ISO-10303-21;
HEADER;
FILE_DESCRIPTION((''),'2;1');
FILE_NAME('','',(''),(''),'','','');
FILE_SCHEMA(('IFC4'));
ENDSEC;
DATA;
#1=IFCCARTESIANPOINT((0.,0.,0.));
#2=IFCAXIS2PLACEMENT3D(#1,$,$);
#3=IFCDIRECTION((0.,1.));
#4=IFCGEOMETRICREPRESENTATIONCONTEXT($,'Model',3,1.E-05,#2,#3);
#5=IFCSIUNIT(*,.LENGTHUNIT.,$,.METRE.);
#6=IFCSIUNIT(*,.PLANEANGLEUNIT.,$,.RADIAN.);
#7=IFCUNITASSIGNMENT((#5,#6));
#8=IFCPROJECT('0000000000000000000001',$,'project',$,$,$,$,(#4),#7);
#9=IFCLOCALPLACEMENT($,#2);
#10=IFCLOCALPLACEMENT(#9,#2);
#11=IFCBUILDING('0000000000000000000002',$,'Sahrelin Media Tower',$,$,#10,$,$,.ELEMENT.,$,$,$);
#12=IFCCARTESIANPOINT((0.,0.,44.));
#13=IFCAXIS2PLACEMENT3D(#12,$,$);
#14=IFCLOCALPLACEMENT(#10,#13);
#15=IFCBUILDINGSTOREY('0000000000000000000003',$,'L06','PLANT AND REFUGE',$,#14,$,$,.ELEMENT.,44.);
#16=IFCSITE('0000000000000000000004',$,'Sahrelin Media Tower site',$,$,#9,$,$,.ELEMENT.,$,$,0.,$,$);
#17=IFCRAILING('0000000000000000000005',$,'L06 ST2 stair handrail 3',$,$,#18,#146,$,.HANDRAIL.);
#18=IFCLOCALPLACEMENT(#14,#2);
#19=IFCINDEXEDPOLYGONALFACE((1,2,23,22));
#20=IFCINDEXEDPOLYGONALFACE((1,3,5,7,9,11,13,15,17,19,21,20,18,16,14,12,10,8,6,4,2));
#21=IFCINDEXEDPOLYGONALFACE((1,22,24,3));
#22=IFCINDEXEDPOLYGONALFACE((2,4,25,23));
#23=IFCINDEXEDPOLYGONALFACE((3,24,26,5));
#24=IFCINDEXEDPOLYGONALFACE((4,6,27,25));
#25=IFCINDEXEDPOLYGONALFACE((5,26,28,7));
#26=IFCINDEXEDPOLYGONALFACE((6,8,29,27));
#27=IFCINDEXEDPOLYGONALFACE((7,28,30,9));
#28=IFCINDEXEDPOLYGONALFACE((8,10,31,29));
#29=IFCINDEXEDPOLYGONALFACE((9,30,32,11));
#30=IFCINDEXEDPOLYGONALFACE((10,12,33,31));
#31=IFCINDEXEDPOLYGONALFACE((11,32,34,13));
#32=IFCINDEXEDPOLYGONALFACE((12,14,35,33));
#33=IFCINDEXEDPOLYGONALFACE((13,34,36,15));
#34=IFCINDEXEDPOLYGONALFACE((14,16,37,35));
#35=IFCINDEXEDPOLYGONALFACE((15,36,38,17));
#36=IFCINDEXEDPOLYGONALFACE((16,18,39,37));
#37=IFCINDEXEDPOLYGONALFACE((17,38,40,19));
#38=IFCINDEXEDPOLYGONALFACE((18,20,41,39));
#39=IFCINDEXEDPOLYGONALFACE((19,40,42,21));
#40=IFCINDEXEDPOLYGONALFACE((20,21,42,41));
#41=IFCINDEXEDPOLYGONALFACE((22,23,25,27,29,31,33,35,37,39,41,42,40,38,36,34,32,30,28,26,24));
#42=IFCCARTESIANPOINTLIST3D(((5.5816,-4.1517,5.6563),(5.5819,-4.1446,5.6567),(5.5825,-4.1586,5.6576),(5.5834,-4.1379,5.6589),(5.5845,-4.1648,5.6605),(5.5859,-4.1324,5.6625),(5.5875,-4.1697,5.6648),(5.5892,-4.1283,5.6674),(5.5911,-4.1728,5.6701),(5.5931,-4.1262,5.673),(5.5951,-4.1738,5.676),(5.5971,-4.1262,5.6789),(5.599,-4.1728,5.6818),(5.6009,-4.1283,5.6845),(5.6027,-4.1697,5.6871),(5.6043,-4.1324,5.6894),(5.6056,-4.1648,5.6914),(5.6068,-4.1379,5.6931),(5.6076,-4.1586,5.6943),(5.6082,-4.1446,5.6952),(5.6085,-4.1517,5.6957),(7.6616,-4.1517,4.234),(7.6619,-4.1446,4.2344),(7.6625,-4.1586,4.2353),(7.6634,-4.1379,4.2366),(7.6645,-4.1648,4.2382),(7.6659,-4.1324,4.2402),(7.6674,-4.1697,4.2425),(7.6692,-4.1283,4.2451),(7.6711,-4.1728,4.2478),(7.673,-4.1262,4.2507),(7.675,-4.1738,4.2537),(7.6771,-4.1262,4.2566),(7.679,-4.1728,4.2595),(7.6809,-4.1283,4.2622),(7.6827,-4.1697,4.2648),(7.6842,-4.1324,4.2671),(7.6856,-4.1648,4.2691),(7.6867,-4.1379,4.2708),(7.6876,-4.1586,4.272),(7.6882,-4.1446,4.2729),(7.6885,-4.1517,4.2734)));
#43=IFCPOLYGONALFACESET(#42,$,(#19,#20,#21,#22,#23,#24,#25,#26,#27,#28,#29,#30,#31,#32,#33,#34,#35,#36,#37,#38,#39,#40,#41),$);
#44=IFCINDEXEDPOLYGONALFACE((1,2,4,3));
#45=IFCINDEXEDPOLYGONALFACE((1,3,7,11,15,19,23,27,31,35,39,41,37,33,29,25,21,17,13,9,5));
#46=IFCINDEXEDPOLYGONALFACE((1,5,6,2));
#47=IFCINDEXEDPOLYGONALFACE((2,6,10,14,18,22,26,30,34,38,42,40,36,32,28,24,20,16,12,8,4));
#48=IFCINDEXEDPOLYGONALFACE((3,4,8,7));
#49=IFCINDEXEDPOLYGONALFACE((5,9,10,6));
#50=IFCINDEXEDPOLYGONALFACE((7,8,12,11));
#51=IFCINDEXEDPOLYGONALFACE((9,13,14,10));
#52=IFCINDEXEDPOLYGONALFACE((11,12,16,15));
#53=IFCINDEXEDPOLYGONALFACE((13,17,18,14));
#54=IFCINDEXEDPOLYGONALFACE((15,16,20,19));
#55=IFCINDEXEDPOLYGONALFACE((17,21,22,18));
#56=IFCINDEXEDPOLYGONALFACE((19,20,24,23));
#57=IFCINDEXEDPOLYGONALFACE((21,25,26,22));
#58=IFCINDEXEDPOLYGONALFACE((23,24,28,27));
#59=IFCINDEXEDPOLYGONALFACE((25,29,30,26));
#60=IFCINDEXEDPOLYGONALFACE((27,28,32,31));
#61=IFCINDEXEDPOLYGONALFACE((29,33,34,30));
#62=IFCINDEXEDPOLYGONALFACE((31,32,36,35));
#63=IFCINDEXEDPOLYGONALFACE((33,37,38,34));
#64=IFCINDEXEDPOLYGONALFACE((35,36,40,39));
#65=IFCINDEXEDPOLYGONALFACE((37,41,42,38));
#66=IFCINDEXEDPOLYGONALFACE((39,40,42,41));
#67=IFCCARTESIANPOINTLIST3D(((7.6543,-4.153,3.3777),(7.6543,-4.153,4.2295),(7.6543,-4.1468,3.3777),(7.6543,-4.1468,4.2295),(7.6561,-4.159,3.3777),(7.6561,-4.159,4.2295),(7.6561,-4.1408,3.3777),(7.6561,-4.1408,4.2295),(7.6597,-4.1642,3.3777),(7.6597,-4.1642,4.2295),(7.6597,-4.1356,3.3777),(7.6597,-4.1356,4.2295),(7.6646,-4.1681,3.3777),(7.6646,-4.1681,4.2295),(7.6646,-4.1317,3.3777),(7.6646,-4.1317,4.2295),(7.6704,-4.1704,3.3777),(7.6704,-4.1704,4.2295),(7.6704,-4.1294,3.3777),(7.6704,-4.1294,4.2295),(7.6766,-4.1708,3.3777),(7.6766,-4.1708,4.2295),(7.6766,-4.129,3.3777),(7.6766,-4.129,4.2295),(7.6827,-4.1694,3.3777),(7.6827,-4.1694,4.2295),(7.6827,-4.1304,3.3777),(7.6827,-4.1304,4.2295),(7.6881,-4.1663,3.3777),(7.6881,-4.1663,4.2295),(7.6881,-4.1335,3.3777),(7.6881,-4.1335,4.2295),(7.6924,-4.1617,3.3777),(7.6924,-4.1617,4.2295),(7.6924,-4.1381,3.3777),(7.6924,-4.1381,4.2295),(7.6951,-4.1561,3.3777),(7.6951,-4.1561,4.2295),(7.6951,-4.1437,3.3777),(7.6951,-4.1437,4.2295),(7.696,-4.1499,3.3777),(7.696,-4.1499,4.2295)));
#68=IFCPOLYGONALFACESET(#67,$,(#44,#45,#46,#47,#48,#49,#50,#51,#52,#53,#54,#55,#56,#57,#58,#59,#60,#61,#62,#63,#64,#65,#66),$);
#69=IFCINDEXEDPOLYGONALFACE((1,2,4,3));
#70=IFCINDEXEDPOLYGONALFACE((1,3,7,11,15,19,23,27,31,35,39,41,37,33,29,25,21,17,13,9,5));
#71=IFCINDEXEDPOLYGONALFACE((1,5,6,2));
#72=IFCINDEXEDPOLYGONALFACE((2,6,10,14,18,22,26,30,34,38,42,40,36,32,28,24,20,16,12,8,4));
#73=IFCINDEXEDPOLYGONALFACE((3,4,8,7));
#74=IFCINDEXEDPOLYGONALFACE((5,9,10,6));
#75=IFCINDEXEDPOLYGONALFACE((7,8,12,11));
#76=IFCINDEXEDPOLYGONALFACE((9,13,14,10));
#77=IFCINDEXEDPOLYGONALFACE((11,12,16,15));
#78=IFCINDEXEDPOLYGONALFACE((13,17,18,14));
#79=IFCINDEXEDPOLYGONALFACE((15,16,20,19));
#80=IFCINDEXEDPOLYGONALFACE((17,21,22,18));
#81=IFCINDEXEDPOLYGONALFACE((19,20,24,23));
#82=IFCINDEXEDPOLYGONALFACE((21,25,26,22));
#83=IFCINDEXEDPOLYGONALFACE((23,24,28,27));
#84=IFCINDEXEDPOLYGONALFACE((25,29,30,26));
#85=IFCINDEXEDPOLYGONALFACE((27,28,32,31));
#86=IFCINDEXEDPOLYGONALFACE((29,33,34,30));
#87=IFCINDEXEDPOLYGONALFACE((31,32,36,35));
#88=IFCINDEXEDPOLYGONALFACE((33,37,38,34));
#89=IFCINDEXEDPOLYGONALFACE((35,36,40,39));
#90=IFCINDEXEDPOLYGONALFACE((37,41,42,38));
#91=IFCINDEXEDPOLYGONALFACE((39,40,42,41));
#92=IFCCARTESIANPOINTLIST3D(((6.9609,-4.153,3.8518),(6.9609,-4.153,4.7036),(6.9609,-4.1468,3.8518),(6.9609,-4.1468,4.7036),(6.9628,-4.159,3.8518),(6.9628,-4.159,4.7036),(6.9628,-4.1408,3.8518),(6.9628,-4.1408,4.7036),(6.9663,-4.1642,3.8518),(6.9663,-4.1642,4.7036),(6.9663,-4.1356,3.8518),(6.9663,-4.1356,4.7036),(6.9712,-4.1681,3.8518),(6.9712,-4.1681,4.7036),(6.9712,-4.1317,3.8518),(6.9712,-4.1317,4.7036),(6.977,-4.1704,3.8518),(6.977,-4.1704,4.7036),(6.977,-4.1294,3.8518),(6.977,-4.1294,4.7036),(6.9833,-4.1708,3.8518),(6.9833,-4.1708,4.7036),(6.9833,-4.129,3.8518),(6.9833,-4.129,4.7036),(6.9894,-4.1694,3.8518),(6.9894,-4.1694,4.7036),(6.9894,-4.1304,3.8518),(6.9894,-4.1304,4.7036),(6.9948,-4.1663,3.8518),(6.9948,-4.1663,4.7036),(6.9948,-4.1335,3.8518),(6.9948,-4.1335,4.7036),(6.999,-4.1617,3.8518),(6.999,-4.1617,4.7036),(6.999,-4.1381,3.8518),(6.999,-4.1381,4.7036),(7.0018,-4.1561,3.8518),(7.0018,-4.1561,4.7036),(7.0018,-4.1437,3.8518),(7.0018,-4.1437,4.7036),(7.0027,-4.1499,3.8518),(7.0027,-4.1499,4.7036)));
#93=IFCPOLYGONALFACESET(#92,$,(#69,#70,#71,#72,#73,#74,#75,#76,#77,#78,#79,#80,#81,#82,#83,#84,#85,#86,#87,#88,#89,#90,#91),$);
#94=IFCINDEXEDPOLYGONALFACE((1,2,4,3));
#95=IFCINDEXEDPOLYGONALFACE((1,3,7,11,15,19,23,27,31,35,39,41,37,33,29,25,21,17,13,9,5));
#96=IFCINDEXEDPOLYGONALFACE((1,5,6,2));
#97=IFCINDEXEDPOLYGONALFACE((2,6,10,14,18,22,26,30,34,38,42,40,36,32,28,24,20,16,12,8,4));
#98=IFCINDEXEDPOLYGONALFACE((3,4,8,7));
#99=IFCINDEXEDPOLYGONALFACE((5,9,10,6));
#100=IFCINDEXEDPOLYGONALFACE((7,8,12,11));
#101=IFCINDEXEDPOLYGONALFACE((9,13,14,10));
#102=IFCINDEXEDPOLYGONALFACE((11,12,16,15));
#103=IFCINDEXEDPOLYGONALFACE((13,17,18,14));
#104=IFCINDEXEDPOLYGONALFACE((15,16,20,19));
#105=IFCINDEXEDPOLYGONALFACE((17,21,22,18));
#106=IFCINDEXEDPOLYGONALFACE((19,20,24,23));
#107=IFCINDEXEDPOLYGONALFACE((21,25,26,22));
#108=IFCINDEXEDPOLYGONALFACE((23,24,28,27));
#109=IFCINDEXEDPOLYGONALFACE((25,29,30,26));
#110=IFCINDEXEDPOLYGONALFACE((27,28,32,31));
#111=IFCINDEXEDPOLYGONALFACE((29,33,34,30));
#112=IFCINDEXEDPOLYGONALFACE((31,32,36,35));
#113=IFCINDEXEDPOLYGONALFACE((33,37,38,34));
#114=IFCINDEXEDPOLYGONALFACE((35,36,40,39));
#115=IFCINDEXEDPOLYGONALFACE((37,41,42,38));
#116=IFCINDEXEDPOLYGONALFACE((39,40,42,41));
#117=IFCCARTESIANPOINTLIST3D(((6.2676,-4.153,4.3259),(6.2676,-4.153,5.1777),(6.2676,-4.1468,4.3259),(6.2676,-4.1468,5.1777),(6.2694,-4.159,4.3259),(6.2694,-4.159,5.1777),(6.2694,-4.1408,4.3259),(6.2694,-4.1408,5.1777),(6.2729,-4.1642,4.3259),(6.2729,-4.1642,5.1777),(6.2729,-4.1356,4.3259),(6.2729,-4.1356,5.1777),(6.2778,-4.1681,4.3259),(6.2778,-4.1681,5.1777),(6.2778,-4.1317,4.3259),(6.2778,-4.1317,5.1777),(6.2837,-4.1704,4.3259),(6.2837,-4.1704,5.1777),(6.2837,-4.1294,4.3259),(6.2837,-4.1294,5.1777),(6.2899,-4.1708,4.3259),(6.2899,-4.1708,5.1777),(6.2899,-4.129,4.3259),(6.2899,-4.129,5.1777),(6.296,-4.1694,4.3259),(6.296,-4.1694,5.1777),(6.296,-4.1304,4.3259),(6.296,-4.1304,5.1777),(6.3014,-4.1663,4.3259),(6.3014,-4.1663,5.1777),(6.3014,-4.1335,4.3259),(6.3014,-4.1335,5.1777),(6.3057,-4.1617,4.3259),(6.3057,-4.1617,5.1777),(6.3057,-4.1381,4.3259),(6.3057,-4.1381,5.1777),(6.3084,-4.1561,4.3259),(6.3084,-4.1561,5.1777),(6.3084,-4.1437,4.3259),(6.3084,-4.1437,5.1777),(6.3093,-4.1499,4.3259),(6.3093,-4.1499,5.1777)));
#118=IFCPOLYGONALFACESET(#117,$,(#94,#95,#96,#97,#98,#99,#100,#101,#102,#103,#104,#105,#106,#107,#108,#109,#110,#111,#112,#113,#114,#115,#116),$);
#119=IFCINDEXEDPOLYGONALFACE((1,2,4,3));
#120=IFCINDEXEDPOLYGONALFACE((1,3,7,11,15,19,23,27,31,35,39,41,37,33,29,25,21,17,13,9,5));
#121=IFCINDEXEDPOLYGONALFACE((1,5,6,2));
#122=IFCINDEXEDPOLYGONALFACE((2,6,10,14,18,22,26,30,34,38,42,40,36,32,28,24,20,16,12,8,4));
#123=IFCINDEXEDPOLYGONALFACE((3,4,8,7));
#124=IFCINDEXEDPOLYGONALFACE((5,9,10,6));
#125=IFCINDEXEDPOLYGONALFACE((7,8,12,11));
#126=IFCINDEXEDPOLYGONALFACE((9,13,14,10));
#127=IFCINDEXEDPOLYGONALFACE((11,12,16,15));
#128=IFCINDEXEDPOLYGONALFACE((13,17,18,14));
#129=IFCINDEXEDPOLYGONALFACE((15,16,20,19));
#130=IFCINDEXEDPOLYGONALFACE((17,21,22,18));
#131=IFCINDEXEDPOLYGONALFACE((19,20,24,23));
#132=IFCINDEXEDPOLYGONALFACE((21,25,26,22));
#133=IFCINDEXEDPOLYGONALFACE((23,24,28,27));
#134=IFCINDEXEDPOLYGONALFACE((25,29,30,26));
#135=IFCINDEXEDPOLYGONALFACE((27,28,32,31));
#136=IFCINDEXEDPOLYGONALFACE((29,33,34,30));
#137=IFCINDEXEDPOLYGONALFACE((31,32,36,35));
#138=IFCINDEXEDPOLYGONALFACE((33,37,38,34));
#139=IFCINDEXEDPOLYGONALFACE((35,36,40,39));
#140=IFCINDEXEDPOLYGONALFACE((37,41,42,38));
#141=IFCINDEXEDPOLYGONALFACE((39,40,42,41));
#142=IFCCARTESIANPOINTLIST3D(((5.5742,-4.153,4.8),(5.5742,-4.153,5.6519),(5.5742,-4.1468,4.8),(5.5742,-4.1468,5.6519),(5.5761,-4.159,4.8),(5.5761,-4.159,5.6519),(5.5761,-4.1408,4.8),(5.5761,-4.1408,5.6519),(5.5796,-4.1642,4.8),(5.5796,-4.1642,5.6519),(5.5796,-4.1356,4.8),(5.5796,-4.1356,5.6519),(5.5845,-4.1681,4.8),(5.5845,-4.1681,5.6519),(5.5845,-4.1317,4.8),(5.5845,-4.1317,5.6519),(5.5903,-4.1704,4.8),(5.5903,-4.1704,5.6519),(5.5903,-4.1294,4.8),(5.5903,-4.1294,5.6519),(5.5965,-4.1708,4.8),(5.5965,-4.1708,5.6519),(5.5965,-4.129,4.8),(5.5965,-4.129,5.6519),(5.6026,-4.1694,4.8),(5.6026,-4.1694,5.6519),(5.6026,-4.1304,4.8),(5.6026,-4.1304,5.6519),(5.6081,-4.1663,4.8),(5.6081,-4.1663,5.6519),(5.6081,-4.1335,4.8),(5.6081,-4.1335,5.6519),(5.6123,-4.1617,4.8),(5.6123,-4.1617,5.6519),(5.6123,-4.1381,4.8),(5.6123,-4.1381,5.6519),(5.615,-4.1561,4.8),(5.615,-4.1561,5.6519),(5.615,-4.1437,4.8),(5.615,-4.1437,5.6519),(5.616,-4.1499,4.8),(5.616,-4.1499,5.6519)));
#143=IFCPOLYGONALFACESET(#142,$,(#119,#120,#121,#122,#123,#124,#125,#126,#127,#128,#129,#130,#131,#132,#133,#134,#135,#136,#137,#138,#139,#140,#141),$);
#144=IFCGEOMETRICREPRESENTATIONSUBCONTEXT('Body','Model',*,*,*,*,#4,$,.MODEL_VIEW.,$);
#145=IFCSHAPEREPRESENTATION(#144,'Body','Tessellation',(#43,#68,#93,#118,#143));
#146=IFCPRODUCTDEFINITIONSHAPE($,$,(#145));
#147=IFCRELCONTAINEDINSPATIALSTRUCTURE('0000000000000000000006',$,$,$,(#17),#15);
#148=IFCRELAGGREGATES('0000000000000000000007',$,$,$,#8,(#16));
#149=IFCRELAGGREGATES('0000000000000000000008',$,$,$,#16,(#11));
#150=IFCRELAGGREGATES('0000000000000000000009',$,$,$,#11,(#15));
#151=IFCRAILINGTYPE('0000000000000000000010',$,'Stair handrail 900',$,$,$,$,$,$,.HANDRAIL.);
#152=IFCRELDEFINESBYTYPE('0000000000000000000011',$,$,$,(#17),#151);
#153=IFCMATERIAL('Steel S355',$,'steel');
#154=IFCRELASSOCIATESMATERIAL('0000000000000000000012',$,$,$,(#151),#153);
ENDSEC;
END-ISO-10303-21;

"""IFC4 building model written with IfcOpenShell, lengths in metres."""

from ifc_helpers import new_model, si_unit, direction, frame, origin, origin_2d, place, context, subcontext, project, spatial, circle, extrude, material, type_object, element, save


model = new_model("IFC4")

# Units and contexts
model_context = context("Model", 3, precision=1e-05, world=origin(), true_north=direction((0.0, 1.0)))
body_context = subcontext(model_context, "Body", "Model", "MODEL_VIEW")
ifc_project = project(units=[si_unit("LENGTHUNIT", "METRE"), si_unit("PLANEANGLEUNIT", "RADIAN")], contexts=[model_context])

# Site, building, storey
site_placement = place(None, origin())
site = spatial("IfcSite", under=ifc_project, at=site_placement, Name="Sahrelin Media Tower site", CompositionType="ELEMENT", RefElevation=0.0)
building_placement = place(site_placement, origin())
building = spatial("IfcBuilding", under=site, at=building_placement, Name="Sahrelin Media Tower", CompositionType="ELEMENT")
storey_placement = place(building_placement, frame((0.0, 0.0, 44.0)))
storey = spatial("IfcBuildingStorey", under=building, at=storey_placement, Name="L06", Description="PLANT AND REFUGE", CompositionType="ELEMENT", Elevation=44.0)

# Railing
ifc_material_1 = material(Name="Steel S355", Category="steel")
railing_type_1 = type_object("IfcRailingType", Name="Stair handrail 900", PredefinedType="HANDRAIL", material=ifc_material_1)
for number, where, name in (
    (1, (7.675, -4.1499, 3.3777), "L06 ST2 stair handrail 3"),
):
    element("IfcRailing", number, at=place(storey_placement, frame(where)), inside=storey, type_object=railing_type_1, Name=name, PredefinedType="HANDRAIL", context=body_context, shape_type="SweptSolid", body=[
        extrude(circle(Radius=0.0239, at=origin_2d()), frame((0.0, 0.0, 0.876), z_axis=(-0.825464, 0.0, 0.564455), x_axis=(0.0, -1.0, 0.0)), (0.0, 0.0, 1.0), 2.5198),
        extrude(circle(Radius=0.021, at=origin_2d()), origin(), (0.0, 0.0, 1.0), 0.8518),
        extrude(circle(Radius=0.021, at=origin_2d()), frame((-0.6934, 0.0, 0.4741)), (0.0, 0.0, 1.0), 0.8518),
        extrude(circle(Radius=0.021, at=origin_2d()), frame((-1.3867, 0.0, 0.9482)), (0.0, 0.0, 1.0), 0.8518),
        extrude(circle(Radius=0.021, at=origin_2d()), frame((-2.0801, 0.0, 1.4224)), (0.0, 0.0, 1.0), 0.8518),
    ])

save(model, "model.ifc")
